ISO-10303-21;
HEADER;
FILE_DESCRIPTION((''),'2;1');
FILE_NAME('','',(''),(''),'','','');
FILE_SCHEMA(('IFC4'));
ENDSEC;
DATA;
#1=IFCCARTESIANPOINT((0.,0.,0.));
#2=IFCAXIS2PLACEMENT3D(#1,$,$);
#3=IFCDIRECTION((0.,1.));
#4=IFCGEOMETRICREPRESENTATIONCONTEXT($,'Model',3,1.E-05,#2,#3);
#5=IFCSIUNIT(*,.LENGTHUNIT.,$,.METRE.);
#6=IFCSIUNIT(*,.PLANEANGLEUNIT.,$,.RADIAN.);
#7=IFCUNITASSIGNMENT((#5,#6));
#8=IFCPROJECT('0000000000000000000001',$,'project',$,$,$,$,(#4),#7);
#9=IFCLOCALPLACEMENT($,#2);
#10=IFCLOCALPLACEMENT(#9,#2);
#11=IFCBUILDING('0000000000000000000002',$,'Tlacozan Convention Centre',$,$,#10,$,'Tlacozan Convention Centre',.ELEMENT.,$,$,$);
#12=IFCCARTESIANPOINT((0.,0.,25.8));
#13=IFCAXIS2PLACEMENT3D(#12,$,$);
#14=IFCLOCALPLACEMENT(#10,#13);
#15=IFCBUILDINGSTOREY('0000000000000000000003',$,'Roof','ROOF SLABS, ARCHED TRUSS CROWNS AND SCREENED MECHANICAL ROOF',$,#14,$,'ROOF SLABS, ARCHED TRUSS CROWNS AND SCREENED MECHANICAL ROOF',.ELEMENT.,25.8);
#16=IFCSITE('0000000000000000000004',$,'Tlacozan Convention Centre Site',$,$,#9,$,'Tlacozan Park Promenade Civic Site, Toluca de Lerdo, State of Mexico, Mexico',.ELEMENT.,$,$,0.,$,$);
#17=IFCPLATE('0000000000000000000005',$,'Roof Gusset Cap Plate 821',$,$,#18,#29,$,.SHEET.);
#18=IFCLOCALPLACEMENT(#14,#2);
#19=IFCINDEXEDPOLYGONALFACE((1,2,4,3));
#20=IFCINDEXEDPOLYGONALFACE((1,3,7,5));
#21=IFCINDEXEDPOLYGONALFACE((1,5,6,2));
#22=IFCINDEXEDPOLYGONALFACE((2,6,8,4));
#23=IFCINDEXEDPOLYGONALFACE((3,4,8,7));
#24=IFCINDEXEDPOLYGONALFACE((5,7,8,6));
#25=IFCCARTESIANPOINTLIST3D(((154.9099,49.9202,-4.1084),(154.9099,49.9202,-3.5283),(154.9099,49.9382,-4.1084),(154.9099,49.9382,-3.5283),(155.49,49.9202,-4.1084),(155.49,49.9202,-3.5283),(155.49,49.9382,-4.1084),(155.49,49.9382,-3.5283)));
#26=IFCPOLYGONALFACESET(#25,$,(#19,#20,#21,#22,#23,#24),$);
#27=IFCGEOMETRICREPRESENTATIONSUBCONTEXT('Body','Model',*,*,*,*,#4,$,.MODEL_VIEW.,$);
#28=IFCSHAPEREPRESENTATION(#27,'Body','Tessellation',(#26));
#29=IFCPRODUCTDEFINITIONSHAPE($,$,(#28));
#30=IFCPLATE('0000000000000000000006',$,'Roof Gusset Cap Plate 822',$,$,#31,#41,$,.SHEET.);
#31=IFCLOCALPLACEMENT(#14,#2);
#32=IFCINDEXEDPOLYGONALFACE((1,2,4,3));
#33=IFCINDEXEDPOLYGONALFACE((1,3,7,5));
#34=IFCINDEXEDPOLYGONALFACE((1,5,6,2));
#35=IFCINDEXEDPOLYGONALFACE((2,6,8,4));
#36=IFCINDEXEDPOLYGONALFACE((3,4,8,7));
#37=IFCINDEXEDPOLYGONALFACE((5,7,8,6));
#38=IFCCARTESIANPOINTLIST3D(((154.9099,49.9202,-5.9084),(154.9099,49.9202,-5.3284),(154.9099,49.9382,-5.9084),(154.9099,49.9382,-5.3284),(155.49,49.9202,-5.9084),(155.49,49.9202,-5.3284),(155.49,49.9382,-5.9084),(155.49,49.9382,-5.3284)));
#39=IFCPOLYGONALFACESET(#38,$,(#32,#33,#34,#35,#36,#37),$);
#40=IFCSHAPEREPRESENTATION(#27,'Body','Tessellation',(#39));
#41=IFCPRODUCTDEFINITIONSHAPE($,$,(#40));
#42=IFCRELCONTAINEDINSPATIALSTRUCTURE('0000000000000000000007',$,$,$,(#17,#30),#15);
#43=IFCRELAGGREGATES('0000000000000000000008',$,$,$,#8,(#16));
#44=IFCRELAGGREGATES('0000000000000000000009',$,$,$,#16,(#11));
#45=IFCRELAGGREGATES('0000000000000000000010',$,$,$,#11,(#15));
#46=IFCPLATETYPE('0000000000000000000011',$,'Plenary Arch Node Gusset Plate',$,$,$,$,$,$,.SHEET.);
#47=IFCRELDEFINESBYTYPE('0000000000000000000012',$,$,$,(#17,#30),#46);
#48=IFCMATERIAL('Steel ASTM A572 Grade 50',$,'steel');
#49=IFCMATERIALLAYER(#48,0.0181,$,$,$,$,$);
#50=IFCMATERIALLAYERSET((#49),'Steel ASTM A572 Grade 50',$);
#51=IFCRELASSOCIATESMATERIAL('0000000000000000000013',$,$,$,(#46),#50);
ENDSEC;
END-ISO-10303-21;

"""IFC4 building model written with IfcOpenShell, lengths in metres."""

from ifc_helpers import new_model, si_unit, direction, frame, origin, origin_2d, place, context, subcontext, project, spatial, rectangle, extrude, material, layer, layer_set, type_object, element, save


model = new_model("IFC4")

# Units and contexts
model_context = context("Model", 3, precision=1e-05, world=origin(), true_north=direction((0.0, 1.0)))
body_context = subcontext(model_context, "Body", "Model", "MODEL_VIEW")
ifc_project = project(units=[si_unit("LENGTHUNIT", "METRE"), si_unit("PLANEANGLEUNIT", "RADIAN")], contexts=[model_context])

# Site, building, storey
site_placement = place(None, origin())
site = spatial("IfcSite", under=ifc_project, at=site_placement, Name="Tlacozan Convention Centre Site", LongName="Tlacozan Park Promenade Civic Site, Toluca de Lerdo, State of Mexico, Mexico", CompositionType="ELEMENT", RefElevation=0.0)
building_placement = place(site_placement, origin())
building = spatial("IfcBuilding", under=site, at=building_placement, Name="Tlacozan Convention Centre", LongName="Tlacozan Convention Centre", CompositionType="ELEMENT")
storey_placement = place(building_placement, frame((0.0, 0.0, 25.8)))
storey = spatial("IfcBuildingStorey", under=building, at=storey_placement, Name="Roof", Description="ROOF SLABS, ARCHED TRUSS CROWNS AND SCREENED MECHANICAL ROOF", LongName="ROOF SLABS, ARCHED TRUSS CROWNS AND SCREENED MECHANICAL ROOF", CompositionType="ELEMENT", Elevation=25.8)

# Plates
ifc_material_1 = material(Name="Steel ASTM A572 Grade 50", Category="steel")
ifc_layer = layer(ifc_material_1, 0.0181)
ifc_layer_set = layer_set([ifc_layer], Name="Steel ASTM A572 Grade 50")
plate_type = type_object("IfcPlateType", Name="Plenary Arch Node Gusset Plate", PredefinedType="SHEET", material=ifc_layer_set)
for number, where, z_axis, x_axis, name in (
    (1, (155.2, 49.9292, -4.1084), (0.0, 0.0, 1.0), (0.0, 1.0, 0.0), "Roof Gusset Cap Plate 821"),
    (2, (155.2, 49.9292, -5.9084), (0.0, 0.0, 1.0), (0.0, 1.0, 0.0), "Roof Gusset Cap Plate 822"),
):
    element("IfcPlate", number, at=place(storey_placement, frame(where, z_axis=z_axis, x_axis=x_axis)), inside=storey, type_object=plate_type, Name=name, PredefinedType="SHEET", context=body_context, shape_type="SweptSolid", body=[
        extrude(rectangle(XDim=0.0181, YDim=0.5801, at=origin_2d()), origin(), (0.0, 0.0, 1.0), 0.5801),
    ])

save(model, "model.ifc")
